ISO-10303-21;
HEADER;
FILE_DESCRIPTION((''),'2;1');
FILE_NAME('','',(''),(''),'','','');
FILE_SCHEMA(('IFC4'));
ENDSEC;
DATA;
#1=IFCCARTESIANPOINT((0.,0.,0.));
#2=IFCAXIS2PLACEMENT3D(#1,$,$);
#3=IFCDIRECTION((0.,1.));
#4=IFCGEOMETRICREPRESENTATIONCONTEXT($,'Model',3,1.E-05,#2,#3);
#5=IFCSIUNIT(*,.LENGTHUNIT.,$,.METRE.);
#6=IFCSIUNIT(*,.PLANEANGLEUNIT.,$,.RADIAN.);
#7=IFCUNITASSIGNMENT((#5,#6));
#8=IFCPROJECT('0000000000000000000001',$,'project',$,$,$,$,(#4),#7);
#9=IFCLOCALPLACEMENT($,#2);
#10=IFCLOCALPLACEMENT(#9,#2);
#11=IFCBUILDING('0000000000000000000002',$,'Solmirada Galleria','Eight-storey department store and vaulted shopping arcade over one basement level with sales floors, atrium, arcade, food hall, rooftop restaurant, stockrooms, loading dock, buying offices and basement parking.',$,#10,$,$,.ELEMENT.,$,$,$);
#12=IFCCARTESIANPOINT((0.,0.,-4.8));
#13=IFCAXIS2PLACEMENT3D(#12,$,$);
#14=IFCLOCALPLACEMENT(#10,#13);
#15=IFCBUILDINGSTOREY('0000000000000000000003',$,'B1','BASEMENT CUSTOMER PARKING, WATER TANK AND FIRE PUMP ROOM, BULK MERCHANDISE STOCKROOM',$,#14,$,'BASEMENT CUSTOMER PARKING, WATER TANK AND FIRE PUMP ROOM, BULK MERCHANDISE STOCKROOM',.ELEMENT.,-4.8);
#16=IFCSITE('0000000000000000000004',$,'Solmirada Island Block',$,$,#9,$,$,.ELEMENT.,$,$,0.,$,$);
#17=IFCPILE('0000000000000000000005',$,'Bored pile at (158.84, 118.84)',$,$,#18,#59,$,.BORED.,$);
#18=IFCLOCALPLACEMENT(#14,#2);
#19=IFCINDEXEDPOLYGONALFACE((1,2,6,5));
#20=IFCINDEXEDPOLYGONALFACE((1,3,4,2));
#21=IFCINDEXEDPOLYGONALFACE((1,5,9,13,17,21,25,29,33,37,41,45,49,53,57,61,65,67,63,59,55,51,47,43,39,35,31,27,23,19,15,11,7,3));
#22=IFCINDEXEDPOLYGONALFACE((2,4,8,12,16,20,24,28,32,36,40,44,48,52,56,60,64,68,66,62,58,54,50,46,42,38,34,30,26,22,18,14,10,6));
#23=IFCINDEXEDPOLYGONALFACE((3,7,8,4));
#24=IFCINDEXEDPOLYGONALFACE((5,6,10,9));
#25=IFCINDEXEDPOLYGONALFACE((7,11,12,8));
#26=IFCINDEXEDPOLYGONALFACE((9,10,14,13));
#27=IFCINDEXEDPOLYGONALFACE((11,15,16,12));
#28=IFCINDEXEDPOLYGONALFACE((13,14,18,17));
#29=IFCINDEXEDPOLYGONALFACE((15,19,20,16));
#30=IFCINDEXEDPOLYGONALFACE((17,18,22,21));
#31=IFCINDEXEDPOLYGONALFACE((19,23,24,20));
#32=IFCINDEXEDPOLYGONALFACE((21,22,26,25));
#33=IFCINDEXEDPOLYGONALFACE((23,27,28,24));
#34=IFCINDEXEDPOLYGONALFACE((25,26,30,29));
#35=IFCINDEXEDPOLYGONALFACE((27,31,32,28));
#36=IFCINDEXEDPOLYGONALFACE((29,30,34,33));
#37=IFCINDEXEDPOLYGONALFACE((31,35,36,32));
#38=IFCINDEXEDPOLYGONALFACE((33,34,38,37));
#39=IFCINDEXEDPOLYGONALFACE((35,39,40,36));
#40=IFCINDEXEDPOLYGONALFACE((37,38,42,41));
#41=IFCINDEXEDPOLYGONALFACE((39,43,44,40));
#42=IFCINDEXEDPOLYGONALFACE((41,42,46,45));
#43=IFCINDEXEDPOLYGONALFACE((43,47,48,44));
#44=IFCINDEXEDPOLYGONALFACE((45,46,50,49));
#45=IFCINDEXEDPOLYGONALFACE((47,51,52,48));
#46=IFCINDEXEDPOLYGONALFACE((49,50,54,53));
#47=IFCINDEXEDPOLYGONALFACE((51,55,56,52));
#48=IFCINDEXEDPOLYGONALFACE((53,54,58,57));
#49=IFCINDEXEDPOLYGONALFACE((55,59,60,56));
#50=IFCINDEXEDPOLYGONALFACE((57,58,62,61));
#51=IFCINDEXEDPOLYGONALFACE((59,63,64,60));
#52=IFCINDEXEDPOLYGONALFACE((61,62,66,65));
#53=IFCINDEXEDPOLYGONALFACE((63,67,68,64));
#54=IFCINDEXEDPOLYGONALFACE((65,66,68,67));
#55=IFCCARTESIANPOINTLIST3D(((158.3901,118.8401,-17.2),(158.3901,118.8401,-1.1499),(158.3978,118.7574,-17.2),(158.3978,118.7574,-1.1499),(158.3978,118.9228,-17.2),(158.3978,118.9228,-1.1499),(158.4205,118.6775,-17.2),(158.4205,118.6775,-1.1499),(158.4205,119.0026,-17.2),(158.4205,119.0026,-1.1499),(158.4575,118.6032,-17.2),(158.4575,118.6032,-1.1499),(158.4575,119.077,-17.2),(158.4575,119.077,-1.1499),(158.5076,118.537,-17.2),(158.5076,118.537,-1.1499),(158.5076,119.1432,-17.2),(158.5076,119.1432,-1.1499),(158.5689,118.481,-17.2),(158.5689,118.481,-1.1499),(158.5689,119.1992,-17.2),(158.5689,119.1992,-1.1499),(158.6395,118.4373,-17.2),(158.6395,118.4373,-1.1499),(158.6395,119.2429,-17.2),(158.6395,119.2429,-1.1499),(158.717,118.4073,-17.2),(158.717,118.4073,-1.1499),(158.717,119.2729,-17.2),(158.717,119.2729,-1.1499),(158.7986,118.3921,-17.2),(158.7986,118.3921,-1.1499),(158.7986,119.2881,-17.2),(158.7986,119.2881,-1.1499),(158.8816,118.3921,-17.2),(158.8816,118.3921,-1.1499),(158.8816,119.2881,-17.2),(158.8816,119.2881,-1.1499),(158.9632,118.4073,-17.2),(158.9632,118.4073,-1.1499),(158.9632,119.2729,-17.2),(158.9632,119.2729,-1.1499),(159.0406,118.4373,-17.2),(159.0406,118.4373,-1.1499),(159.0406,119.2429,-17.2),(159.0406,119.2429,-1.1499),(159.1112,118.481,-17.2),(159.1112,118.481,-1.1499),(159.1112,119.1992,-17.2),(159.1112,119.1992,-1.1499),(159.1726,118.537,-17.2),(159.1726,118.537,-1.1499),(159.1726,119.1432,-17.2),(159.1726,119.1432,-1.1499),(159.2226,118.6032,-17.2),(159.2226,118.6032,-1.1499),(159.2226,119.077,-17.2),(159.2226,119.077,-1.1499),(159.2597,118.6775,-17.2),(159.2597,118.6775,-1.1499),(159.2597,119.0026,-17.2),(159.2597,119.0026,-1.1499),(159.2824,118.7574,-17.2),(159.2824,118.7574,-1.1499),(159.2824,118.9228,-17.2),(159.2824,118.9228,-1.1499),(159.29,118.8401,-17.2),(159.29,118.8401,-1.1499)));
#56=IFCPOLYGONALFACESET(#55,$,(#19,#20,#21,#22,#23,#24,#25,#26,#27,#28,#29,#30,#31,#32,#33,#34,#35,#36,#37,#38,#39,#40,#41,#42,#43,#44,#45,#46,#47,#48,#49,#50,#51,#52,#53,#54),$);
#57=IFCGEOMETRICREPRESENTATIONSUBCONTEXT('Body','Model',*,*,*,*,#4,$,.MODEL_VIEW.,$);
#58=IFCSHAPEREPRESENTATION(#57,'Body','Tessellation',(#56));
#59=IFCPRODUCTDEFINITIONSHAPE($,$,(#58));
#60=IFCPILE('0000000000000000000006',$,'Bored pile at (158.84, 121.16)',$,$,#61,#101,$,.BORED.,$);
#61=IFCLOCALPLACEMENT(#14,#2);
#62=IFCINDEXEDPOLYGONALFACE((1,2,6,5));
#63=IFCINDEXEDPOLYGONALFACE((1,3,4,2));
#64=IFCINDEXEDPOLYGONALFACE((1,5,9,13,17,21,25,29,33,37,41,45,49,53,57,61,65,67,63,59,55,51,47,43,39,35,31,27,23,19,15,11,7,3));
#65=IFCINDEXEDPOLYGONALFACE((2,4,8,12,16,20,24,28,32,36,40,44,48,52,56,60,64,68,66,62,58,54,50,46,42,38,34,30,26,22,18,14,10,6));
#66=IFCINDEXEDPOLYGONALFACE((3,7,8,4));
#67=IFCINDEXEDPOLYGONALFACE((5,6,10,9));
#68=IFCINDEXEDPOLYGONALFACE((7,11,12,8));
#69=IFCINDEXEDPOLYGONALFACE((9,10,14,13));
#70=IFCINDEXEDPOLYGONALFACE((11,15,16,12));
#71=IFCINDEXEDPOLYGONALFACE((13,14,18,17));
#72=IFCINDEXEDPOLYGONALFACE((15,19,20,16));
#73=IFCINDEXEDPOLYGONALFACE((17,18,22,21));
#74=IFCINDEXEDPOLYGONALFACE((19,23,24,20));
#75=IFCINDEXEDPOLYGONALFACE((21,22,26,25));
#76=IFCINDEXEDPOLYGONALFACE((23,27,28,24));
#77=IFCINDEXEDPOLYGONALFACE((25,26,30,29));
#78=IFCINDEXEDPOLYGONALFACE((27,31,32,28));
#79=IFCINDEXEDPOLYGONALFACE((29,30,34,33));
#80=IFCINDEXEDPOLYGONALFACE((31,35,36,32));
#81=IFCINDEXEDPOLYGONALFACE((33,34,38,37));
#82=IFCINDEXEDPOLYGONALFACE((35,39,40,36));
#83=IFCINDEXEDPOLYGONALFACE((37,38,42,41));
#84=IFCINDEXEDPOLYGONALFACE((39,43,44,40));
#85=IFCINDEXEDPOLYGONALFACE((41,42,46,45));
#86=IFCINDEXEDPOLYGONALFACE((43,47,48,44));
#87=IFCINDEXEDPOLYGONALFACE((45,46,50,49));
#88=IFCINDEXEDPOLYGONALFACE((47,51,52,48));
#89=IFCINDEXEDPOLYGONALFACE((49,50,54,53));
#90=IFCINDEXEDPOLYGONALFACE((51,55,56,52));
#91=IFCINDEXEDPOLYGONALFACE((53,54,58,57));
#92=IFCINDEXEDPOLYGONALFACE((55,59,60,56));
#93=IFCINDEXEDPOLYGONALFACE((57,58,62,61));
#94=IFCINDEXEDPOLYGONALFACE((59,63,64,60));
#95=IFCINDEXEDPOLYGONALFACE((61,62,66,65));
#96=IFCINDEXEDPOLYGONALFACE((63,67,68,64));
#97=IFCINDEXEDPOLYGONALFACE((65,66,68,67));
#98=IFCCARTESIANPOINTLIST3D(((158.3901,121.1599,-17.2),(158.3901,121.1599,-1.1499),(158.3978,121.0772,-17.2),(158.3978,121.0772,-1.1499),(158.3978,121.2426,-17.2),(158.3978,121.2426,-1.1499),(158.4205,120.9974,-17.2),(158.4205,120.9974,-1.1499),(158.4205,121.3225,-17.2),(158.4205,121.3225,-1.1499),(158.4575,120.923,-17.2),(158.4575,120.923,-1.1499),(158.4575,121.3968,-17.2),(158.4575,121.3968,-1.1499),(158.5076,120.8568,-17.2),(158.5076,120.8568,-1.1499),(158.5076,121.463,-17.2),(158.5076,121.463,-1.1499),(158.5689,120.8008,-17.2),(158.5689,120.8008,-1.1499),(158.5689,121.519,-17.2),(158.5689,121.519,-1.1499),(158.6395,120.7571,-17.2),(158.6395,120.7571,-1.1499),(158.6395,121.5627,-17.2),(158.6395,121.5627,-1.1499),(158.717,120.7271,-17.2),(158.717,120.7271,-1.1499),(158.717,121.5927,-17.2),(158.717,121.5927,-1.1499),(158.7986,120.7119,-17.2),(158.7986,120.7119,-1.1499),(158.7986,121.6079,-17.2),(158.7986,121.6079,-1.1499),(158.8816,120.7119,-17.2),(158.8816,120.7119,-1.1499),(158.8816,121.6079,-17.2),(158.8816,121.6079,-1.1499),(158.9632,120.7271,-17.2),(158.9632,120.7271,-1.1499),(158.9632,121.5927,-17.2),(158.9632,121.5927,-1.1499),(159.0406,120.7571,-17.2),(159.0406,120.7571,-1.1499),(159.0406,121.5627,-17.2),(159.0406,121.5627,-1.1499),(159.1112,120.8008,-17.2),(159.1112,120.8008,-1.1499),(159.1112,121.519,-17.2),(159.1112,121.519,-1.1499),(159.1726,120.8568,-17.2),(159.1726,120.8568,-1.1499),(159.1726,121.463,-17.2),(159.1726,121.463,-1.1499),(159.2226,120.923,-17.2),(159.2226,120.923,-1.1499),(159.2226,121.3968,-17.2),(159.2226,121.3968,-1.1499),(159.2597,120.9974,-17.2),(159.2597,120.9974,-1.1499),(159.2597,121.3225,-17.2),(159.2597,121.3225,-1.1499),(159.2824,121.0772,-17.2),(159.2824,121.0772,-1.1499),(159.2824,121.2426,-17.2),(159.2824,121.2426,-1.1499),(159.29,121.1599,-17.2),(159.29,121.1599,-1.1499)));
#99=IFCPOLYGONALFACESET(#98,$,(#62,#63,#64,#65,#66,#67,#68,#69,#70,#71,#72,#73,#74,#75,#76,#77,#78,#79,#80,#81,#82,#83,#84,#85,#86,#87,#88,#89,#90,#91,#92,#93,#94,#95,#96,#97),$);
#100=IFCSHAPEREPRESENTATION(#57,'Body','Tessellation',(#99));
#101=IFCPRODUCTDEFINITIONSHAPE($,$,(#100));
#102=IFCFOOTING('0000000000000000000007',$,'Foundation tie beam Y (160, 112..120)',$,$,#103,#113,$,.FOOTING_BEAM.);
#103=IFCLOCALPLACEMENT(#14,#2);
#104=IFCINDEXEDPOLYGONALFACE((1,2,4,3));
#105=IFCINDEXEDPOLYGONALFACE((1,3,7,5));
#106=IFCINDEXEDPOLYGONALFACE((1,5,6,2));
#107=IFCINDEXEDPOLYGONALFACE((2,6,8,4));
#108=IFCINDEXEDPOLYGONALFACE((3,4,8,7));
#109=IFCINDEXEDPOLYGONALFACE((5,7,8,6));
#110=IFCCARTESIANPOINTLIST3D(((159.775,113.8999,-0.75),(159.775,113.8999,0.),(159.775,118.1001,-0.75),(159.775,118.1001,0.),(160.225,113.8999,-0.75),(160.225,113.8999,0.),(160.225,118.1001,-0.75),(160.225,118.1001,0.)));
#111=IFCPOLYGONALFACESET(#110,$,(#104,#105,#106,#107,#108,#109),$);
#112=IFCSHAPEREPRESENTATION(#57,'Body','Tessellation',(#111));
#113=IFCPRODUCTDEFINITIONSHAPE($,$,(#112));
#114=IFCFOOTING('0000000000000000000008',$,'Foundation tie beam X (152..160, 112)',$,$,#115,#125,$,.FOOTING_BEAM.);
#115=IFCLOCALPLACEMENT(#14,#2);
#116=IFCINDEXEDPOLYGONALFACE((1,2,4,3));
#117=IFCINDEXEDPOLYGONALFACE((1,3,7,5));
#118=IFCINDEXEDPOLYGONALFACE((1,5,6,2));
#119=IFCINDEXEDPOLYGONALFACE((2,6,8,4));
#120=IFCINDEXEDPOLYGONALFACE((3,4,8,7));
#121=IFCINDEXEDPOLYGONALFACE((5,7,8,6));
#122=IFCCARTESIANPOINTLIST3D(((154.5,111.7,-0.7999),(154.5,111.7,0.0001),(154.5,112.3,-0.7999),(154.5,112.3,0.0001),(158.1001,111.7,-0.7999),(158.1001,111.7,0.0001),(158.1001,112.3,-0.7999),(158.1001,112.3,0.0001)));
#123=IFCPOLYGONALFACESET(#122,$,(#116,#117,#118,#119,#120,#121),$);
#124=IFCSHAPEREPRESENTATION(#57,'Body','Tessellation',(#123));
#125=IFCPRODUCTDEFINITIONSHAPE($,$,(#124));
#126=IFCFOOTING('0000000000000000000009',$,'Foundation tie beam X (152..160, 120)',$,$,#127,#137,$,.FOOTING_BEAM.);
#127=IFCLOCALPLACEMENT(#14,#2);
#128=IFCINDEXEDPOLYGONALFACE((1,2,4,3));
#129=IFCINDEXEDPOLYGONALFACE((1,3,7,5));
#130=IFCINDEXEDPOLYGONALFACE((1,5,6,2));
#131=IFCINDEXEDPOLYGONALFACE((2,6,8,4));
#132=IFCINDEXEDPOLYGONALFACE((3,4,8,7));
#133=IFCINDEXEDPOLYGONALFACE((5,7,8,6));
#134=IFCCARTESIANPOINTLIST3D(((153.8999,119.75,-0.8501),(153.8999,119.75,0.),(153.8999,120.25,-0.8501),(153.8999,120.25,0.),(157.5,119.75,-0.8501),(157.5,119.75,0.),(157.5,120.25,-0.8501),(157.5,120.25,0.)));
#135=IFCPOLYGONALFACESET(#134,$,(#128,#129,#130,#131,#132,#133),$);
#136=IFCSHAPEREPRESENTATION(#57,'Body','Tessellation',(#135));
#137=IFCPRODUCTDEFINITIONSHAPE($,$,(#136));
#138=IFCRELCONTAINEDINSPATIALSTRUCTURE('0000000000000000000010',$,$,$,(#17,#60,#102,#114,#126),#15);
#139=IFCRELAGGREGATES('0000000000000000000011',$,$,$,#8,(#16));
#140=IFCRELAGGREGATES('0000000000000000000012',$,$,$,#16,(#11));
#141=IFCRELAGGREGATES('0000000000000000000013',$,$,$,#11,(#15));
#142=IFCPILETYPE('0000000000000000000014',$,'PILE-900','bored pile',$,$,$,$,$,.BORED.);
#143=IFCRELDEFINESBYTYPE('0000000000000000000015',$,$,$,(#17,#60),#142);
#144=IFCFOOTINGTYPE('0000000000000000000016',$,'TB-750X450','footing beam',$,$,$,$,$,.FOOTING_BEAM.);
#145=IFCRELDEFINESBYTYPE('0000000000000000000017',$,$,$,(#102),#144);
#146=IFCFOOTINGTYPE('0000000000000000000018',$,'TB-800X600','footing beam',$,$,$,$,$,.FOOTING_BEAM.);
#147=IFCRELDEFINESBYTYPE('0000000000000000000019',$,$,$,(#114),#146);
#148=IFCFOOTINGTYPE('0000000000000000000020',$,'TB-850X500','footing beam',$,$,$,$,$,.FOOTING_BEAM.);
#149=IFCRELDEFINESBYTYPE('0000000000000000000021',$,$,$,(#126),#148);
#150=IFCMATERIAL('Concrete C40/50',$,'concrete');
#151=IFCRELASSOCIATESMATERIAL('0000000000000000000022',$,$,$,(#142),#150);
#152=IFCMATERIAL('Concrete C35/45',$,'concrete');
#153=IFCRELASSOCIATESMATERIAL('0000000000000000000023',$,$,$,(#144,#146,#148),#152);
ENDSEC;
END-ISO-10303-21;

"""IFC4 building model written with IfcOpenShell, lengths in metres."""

from ifc_helpers import new_model, si_unit, direction, frame, origin, origin_2d, place, context, subcontext, project, spatial, rectangle, circle, extrude, material, material_profile, profile_set, type_object, element, save


model = new_model("IFC4")

# Units and contexts
model_context = context("Model", 3, precision=1e-05, world=origin(), true_north=direction((0.0, 1.0)))
body_context = subcontext(model_context, "Body", "Model", "MODEL_VIEW")
ifc_project = project(units=[si_unit("LENGTHUNIT", "METRE"), si_unit("PLANEANGLEUNIT", "RADIAN")], contexts=[model_context])

# Site, building, storey
site_placement = place(None, origin())
site = spatial("IfcSite", under=ifc_project, at=site_placement, Name="Solmirada Island Block", CompositionType="ELEMENT", RefElevation=0.0)
building_placement = place(site_placement, origin())
building = spatial("IfcBuilding", under=site, at=building_placement, Name="Solmirada Galleria", Description="Eight-storey department store and vaulted shopping arcade over one basement level with sales floors, atrium, arcade, food hall, rooftop restaurant, stockrooms, loading dock, buying offices and basement parking.", CompositionType="ELEMENT")
storey_placement = place(building_placement, frame((0.0, 0.0, -4.8)))
storey = spatial("IfcBuildingStorey", under=building, at=storey_placement, Name="B1", Description="BASEMENT CUSTOMER PARKING, WATER TANK AND FIRE PUMP ROOM, BULK MERCHANDISE STOCKROOM", LongName="BASEMENT CUSTOMER PARKING, WATER TANK AND FIRE PUMP ROOM, BULK MERCHANDISE STOCKROOM", CompositionType="ELEMENT", Elevation=-4.8)

# Shared definitions
ifc_material_1 = material(Name="Concrete C35/45", Category="concrete")

# Piles
ifc_material_2 = material(Name="Concrete C40/50", Category="concrete")
ifc_material_profile_1 = material_profile(ifc_material_2, circle(Radius=0.45, at=origin_2d()), Name="PILE900")
ifc_profile_set_1 = profile_set([ifc_material_profile_1], Name="Concrete C40/50")
pile_type = type_object("IfcPileType", Name="PILE-900", Description="bored pile", PredefinedType="BORED", material=ifc_profile_set_1)
for number, where, z_axis, x_axis, name in (
    (1, (158.8401, 118.8401, -1.1499), (0.0, 0.0, -1.0), (1.0, 0.0, 0.0), "Bored pile at (158.84, 118.84)"),
    (2, (158.8401, 121.1599, -1.1499), (0.0, 0.0, -1.0), (1.0, 0.0, 0.0), "Bored pile at (158.84, 121.16)"),
):
    element("IfcPile", number, at=place(storey_placement, frame(where, z_axis=z_axis, x_axis=x_axis)), inside=storey, type_object=pile_type, Name=name, PredefinedType="BORED", context=body_context, shape_type="SweptSolid", body=[
        extrude(circle(Radius=0.45, at=origin_2d()), origin(), (0.0, 0.0, 1.0), 16.05),
    ])

# Footings
ifc_material_profile_2 = material_profile(ifc_material_1, rectangle(XDim=0.45, YDim=0.75, at=origin_2d()), Name="RC750X450")
ifc_profile_set_2 = profile_set([ifc_material_profile_2], Name="Concrete C35/45")
footing_type_1 = type_object("IfcFootingType", Name="TB-750X450", Description="footing beam", PredefinedType="FOOTING_BEAM", material=ifc_profile_set_2)
footing_1_placement = place(storey_placement, frame((160.0, 113.8999, -0.375), z_axis=(0.0, 1.0, 0.0), x_axis=(-1.0, 0.0, 0.0)))
element("IfcFooting", 3, at=footing_1_placement, inside=storey, type_object=footing_type_1, Name="Foundation tie beam Y (160, 112..120)", PredefinedType="FOOTING_BEAM", context=body_context, shape_type="SweptSolid", body=[
    extrude(rectangle(XDim=0.45, YDim=0.75, at=origin_2d()), origin(), (0.0, 0.0, 1.0), 4.2002),
])
ifc_material_profile_3 = material_profile(ifc_material_1, rectangle(XDim=0.6001, YDim=0.8, at=origin_2d()), Name="RC800X600")
ifc_profile_set_3 = profile_set([ifc_material_profile_3], Name="Concrete C35/45")
footing_type_2 = type_object("IfcFootingType", Name="TB-800X600", Description="footing beam", PredefinedType="FOOTING_BEAM", material=ifc_profile_set_3)
footing_2_placement = place(storey_placement, frame((154.5, 112.0, -0.3999), z_axis=(1.0, 0.0, 0.0), x_axis=(0.0, 1.0, 0.0)))
element("IfcFooting", 4, at=footing_2_placement, inside=storey, type_object=footing_type_2, Name="Foundation tie beam X (152..160, 112)", PredefinedType="FOOTING_BEAM", context=body_context, shape_type="SweptSolid", body=[
    extrude(rectangle(XDim=0.6001, YDim=0.8, at=origin_2d()), origin(), (0.0, 0.0, 1.0), 3.6001),
])
ifc_material_profile_4 = material_profile(ifc_material_1, rectangle(XDim=0.5, YDim=0.8501, at=origin_2d()), Name="RC850X500")
ifc_profile_set_4 = profile_set([ifc_material_profile_4], Name="Concrete C35/45")
footing_type_3 = type_object("IfcFootingType", Name="TB-850X500", Description="footing beam", PredefinedType="FOOTING_BEAM", material=ifc_profile_set_4)
footing_3_placement = place(storey_placement, frame((153.8999, 120.0, -0.425), z_axis=(1.0, 0.0, 0.0), x_axis=(0.0, 1.0, 0.0)))
element("IfcFooting", 5, at=footing_3_placement, inside=storey, type_object=footing_type_3, Name="Foundation tie beam X (152..160, 120)", PredefinedType="FOOTING_BEAM", context=body_context, shape_type="SweptSolid", body=[
    extrude(rectangle(XDim=0.5, YDim=0.8501, at=origin_2d()), origin(), (0.0, 0.0, 1.0), 3.6001),
])

save(model, "model.ifc")
